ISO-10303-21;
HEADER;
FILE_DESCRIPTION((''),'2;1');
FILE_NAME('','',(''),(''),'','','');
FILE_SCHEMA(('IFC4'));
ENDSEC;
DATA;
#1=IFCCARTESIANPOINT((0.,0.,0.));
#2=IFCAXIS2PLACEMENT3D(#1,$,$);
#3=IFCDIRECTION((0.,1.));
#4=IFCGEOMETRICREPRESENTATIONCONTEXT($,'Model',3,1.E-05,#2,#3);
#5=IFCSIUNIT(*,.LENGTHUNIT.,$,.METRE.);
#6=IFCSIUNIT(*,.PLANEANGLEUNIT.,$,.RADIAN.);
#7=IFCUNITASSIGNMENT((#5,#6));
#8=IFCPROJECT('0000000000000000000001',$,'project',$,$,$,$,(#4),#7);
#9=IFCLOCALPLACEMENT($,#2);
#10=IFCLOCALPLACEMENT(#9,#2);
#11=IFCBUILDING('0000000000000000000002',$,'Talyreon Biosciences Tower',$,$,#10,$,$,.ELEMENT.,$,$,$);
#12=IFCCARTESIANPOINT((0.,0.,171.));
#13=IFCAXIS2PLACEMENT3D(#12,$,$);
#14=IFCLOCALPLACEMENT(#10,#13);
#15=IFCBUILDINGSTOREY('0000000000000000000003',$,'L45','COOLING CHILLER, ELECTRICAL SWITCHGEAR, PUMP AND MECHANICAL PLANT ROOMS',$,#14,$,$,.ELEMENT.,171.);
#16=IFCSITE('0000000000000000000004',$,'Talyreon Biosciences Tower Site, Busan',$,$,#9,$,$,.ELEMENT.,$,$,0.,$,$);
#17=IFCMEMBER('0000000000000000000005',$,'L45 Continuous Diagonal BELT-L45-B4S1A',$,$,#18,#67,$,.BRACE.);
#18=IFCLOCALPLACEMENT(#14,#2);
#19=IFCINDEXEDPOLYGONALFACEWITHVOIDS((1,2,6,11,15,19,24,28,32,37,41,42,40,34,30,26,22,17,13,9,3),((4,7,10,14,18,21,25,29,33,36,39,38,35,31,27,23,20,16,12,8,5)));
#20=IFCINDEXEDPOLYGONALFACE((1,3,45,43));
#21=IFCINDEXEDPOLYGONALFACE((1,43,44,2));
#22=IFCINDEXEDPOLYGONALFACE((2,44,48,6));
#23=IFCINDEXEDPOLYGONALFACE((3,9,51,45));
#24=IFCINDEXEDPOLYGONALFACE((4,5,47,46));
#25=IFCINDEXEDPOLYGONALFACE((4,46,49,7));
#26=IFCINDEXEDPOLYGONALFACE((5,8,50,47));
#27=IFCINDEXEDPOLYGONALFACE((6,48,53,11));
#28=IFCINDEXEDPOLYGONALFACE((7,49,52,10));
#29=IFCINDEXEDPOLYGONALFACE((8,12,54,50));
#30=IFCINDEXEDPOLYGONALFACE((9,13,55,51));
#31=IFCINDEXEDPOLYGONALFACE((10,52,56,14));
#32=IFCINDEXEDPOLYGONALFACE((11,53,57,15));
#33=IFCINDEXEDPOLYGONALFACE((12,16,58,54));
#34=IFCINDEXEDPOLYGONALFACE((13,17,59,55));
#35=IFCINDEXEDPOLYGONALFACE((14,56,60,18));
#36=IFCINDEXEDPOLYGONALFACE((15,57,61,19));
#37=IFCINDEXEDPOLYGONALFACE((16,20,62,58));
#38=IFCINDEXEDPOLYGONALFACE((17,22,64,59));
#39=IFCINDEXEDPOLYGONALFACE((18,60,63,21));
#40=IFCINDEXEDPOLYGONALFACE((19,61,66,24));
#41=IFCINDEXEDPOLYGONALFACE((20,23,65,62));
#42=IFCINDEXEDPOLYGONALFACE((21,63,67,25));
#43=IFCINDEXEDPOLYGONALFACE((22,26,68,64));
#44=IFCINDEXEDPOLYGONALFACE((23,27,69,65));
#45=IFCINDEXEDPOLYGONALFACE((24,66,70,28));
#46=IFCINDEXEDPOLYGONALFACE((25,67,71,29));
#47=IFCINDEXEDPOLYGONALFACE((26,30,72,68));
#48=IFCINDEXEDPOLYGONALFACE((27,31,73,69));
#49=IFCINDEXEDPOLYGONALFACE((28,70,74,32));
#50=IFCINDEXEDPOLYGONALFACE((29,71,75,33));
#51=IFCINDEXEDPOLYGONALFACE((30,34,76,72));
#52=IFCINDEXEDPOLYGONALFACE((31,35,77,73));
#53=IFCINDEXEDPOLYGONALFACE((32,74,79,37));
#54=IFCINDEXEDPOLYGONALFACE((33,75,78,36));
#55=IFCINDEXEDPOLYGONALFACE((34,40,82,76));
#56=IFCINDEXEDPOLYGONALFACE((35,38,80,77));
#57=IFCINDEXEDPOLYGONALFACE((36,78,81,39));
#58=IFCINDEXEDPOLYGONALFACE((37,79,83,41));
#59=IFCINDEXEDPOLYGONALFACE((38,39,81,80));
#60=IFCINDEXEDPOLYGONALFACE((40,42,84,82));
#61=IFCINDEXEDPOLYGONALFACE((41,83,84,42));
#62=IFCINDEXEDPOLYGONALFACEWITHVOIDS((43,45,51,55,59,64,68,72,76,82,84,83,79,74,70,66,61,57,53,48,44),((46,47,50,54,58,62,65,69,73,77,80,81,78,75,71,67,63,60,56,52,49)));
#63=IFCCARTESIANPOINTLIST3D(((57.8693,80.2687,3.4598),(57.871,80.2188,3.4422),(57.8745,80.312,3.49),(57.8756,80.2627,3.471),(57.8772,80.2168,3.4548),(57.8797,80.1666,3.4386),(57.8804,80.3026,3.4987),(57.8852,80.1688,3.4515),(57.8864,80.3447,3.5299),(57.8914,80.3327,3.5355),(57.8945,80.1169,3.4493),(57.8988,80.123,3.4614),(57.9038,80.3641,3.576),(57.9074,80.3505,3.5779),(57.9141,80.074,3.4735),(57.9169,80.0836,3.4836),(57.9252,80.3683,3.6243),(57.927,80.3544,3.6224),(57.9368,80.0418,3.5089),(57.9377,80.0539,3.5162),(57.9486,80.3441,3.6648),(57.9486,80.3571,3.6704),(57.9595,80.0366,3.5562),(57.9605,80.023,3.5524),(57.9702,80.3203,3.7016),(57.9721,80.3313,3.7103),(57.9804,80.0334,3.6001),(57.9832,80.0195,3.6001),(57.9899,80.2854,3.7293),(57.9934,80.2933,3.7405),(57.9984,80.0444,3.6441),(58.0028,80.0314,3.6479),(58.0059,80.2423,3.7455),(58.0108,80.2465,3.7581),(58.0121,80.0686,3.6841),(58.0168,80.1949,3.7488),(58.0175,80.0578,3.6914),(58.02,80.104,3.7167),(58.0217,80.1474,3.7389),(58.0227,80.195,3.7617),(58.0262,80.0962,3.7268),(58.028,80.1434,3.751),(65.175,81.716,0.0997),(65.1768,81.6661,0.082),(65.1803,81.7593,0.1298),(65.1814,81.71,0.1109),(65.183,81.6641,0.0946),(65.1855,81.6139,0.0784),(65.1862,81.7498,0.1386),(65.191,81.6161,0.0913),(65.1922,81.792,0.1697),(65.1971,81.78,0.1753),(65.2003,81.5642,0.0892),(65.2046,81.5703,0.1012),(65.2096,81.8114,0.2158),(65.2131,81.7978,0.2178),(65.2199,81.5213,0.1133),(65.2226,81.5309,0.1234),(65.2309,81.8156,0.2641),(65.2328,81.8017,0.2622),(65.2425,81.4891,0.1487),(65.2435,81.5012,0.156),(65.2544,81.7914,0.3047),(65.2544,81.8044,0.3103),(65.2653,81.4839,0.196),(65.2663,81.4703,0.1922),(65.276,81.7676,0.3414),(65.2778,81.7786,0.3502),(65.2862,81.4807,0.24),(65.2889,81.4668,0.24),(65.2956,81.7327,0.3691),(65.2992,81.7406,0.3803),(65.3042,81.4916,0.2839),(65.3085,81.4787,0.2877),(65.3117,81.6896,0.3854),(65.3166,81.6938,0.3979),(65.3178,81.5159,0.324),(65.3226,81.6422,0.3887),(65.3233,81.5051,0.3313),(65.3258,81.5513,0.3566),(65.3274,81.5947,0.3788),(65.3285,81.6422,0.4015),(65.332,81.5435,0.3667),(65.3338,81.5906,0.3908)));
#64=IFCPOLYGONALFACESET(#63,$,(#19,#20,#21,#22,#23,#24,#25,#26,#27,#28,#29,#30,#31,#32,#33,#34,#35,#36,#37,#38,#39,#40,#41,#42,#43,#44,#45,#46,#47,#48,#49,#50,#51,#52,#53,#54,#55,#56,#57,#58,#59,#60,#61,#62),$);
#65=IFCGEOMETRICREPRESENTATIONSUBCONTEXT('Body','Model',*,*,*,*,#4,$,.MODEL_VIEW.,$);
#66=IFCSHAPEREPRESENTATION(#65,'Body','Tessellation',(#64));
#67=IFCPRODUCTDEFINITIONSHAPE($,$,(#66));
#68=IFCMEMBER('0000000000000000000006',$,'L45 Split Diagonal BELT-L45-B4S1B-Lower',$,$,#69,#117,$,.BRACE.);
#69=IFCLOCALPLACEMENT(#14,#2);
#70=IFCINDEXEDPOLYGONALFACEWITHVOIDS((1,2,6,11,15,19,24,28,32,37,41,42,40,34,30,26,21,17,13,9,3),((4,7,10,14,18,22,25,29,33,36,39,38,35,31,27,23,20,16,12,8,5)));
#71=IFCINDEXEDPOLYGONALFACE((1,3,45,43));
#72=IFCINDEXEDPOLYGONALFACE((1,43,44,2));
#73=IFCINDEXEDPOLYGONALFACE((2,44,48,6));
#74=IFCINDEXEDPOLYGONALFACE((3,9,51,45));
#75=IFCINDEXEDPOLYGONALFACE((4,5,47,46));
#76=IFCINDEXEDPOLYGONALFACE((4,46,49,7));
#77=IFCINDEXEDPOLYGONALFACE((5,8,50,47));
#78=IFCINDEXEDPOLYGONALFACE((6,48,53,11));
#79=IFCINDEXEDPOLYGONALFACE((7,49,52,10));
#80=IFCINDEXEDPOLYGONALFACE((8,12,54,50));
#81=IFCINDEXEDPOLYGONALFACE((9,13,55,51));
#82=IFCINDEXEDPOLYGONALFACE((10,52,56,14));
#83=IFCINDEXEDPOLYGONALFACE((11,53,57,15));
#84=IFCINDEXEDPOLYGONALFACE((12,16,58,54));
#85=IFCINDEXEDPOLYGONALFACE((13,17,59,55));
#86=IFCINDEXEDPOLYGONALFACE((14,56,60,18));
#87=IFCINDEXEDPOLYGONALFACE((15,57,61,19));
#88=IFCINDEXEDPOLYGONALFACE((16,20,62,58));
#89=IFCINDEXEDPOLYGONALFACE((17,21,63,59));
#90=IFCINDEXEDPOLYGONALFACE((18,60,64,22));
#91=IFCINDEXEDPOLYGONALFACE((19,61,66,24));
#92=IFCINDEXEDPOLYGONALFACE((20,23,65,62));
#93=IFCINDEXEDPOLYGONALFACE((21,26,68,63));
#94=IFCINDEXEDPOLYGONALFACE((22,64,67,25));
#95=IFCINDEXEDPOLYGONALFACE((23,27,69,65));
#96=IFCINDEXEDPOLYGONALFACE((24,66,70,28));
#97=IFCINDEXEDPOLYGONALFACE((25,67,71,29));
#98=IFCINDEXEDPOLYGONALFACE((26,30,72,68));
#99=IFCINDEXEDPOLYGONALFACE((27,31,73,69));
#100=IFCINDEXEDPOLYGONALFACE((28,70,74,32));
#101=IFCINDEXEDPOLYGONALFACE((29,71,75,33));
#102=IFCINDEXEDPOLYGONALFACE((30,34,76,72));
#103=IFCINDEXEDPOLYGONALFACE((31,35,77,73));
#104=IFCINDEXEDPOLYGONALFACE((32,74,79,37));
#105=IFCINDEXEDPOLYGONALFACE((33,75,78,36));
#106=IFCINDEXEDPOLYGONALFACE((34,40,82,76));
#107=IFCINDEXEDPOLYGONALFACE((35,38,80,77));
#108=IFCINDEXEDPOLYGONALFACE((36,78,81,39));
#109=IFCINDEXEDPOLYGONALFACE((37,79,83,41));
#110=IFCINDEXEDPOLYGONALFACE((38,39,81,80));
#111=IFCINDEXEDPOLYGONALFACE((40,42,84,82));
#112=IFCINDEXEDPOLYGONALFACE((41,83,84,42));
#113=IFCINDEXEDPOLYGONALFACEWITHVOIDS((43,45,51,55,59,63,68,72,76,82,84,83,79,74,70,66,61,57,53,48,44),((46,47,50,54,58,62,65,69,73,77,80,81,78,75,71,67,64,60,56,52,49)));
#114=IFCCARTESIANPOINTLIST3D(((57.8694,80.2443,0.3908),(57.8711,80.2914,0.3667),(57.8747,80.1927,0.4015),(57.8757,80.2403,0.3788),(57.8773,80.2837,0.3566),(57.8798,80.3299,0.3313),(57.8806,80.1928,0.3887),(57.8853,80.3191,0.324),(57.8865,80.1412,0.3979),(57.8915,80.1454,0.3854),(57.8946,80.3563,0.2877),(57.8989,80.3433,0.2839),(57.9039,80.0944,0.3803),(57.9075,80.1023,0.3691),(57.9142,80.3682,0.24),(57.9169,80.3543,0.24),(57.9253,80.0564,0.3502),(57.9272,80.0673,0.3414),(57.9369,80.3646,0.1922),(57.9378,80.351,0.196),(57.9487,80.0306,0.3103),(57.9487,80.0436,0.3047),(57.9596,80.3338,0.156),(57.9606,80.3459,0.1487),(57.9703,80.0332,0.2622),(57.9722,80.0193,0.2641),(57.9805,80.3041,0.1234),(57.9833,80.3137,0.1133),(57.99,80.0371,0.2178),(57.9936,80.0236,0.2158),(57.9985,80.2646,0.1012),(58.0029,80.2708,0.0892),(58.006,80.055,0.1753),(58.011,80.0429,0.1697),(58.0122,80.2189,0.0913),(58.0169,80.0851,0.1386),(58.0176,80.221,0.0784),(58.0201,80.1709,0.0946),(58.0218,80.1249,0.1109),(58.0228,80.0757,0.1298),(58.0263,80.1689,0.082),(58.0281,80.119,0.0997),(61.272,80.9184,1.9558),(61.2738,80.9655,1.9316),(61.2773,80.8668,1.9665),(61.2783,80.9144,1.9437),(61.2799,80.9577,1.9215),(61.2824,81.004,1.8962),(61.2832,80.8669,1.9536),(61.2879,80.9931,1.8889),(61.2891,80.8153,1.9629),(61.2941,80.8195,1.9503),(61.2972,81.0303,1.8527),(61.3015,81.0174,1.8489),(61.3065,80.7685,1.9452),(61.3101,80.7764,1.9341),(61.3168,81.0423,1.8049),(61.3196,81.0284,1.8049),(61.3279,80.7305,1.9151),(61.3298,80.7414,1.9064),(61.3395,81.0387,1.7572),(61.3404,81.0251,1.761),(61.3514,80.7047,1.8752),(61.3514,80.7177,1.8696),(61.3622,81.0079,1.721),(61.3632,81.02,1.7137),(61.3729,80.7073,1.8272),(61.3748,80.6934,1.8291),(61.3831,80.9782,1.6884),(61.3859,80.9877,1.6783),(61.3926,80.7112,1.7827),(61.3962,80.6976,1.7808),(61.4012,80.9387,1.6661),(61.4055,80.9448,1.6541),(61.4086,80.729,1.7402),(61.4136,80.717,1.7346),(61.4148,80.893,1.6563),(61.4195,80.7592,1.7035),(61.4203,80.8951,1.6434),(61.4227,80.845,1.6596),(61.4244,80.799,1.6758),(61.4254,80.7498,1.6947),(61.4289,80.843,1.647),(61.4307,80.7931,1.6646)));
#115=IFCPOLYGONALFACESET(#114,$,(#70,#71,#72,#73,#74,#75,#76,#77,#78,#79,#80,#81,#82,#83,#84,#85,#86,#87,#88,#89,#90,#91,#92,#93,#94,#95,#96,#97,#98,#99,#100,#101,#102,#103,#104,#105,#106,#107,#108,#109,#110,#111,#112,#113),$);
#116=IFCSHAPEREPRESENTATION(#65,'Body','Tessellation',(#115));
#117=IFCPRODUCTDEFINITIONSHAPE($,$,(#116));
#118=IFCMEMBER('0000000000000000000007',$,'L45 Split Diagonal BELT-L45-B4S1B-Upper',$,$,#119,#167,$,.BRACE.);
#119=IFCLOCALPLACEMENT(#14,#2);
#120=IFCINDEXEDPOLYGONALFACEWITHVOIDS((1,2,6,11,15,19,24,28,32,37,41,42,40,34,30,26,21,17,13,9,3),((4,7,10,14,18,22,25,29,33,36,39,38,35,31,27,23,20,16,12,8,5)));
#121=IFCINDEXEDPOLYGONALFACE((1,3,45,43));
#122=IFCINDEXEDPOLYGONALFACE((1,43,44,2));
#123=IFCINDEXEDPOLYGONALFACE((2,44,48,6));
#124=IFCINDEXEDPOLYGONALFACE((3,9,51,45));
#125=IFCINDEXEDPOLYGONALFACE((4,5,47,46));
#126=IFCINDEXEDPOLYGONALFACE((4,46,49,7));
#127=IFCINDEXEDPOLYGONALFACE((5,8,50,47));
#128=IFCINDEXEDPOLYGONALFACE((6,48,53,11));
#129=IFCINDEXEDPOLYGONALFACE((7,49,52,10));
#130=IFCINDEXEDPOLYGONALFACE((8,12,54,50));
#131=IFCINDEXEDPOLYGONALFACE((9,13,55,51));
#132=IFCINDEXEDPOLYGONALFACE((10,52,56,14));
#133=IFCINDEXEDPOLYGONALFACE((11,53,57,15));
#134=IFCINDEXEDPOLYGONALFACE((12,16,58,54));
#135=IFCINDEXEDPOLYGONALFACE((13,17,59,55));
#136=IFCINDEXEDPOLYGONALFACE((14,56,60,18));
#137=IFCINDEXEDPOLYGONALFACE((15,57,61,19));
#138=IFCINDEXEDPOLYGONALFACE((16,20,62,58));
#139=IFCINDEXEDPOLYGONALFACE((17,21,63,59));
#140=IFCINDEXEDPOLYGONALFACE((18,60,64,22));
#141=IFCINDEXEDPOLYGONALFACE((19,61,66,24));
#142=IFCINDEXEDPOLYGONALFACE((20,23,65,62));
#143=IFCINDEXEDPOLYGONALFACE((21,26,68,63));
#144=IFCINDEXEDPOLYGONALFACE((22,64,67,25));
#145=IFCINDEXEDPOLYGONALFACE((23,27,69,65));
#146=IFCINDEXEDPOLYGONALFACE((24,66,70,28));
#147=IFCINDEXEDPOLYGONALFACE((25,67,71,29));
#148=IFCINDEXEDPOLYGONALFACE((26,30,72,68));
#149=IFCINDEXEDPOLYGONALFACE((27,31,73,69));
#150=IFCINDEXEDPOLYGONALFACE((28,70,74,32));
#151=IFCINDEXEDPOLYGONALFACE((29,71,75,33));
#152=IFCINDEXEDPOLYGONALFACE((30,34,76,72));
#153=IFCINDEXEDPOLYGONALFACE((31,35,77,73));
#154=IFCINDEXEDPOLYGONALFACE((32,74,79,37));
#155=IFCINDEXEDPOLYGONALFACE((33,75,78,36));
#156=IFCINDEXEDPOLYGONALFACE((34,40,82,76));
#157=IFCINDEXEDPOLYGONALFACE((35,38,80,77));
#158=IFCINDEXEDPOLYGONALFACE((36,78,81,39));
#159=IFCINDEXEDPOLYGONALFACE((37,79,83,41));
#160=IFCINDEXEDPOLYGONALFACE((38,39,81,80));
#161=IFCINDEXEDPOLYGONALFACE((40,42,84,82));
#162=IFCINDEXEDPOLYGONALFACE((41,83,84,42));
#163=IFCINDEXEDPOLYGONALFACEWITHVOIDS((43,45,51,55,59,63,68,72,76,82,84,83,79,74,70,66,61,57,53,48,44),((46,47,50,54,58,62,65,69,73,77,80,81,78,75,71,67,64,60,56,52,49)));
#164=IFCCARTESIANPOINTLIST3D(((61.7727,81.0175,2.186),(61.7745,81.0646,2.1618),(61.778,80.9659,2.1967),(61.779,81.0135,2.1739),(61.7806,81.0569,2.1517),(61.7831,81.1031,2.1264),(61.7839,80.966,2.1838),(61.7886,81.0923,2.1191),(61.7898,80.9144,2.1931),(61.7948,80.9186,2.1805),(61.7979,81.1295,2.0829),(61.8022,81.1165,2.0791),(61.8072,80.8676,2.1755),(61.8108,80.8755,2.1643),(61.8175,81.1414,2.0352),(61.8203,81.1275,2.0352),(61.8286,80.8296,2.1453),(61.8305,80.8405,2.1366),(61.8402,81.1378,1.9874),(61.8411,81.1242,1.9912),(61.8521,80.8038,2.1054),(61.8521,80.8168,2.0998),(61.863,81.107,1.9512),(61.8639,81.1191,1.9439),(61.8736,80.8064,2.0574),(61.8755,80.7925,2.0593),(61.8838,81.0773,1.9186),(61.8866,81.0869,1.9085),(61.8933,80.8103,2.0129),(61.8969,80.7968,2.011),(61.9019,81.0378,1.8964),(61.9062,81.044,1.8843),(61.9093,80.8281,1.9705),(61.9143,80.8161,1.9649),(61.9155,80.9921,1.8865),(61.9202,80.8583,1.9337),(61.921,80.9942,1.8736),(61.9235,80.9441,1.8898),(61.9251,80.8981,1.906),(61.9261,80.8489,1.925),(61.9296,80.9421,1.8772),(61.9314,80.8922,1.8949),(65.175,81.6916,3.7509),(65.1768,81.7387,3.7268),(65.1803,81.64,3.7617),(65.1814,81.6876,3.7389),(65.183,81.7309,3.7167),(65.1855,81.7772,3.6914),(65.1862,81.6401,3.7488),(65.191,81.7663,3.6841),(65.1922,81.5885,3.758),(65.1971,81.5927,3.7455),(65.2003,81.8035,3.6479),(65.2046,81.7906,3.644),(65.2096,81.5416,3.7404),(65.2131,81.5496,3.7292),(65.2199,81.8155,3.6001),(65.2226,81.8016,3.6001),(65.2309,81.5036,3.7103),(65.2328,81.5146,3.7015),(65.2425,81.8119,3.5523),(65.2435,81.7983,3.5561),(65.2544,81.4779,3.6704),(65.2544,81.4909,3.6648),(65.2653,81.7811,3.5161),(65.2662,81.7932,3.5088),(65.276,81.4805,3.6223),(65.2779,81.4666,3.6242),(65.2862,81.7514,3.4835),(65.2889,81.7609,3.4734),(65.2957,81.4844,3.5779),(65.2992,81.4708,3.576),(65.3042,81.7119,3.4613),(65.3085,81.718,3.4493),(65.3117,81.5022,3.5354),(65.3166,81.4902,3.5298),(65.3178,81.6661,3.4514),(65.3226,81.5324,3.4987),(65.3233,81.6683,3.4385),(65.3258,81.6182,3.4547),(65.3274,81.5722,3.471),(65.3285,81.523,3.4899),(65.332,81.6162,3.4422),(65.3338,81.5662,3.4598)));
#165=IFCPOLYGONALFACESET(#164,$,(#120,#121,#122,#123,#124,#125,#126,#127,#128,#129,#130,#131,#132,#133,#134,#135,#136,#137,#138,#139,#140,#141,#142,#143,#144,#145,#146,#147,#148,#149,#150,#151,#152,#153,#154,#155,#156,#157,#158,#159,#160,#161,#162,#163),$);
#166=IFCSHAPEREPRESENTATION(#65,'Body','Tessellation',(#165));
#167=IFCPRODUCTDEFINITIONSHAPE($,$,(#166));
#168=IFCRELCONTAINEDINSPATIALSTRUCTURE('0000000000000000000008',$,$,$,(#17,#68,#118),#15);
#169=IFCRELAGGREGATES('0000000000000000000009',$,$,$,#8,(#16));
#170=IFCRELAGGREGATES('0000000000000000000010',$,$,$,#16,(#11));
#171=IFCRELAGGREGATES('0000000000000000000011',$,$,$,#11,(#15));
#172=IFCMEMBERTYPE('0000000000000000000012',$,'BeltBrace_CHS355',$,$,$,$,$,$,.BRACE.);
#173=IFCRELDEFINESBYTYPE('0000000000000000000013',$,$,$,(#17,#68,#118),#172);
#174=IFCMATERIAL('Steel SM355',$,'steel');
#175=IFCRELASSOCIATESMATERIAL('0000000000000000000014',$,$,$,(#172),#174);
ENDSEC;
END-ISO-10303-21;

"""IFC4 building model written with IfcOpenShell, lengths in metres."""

from ifc_helpers import new_model, si_unit, direction, frame, origin, origin_2d, place, context, subcontext, project, spatial, hollow_circle, extrude, material, material_profile, profile_set, type_object, element, save


model = new_model("IFC4")

# Units and contexts
model_context = context("Model", 3, precision=1e-05, world=origin(), true_north=direction((0.0, 1.0)))
body_context = subcontext(model_context, "Body", "Model", "MODEL_VIEW")
ifc_project = project(units=[si_unit("LENGTHUNIT", "METRE"), si_unit("PLANEANGLEUNIT", "RADIAN")], contexts=[model_context])

# Site, building, storey
site_placement = place(None, origin())
site = spatial("IfcSite", under=ifc_project, at=site_placement, Name="Talyreon Biosciences Tower Site, Busan", CompositionType="ELEMENT", RefElevation=0.0)
building_placement = place(site_placement, origin())
building = spatial("IfcBuilding", under=site, at=building_placement, Name="Talyreon Biosciences Tower", CompositionType="ELEMENT")
storey_placement = place(building_placement, frame((0.0, 0.0, 171.0)))
storey = spatial("IfcBuildingStorey", under=building, at=storey_placement, Name="L45", Description="COOLING CHILLER, ELECTRICAL SWITCHGEAR, PUMP AND MECHANICAL PLANT ROOMS", CompositionType="ELEMENT", Elevation=171.0)

# Members
ifc_material_1 = material(Name="Steel SM355", Category="steel")
ifc_material_profile_1 = material_profile(ifc_material_1, hollow_circle(Radius=0.1777, WallThickness=0.0142, at=origin_2d()), Name="CHS 355.6x14.2")
ifc_profile_set_1 = profile_set([ifc_material_profile_1], Name="Steel SM355")
member_type_1 = type_object("IfcMemberType", Name="BeltBrace_CHS355", PredefinedType="BRACE", material=ifc_profile_set_1)
member_1_placement = place(storey_placement, frame((65.2544, 81.6411, 0.24), z_axis=(-0.894148, -0.177132, 0.411247), x_axis=(0.194325, -0.980937, 0.0)))
element("IfcMember", 1, at=member_1_placement, inside=storey, type_object=member_type_1, Name="L45 Continuous Diagonal BELT-L45-B4S1A", PredefinedType="BRACE", context=body_context, shape_type="SweptSolid", body=[
    extrude(hollow_circle(Radius=0.1777, WallThickness=0.0142, at=origin_2d()), origin(), (0.0, 0.0, 1.0), 8.1707),
])
member_2_placement = place(storey_placement, frame((57.9487, 80.1938, 0.24), z_axis=(0.894149, 0.177136, 0.411243), x_axis=(-0.194329, 0.980936, 0.0)))
element("IfcMember", 2, at=member_2_placement, inside=storey, type_object=member_type_1, Name="L45 Split Diagonal BELT-L45-B4S1B-Lower", PredefinedType="BRACE", context=body_context, shape_type="SweptSolid", body=[
    extrude(hollow_circle(Radius=0.1777, WallThickness=0.0142, at=origin_2d()), origin(), (0.0, 0.0, 1.0), 3.8054),
])
member_3_placement = place(storey_placement, frame((61.8521, 80.967, 2.0352), z_axis=(0.894136, 0.177146, 0.411267), x_axis=(-0.194343, 0.980934, 0.0)))
element("IfcMember", 3, at=member_3_placement, inside=storey, type_object=member_type_1, Name="L45 Split Diagonal BELT-L45-B4S1B-Upper", PredefinedType="BRACE", context=body_context, shape_type="SweptSolid", body=[
    extrude(hollow_circle(Radius=0.1777, WallThickness=0.0142, at=origin_2d()), origin(), (0.0, 0.0, 1.0), 3.8052),
])

save(model, "model.ifc")
